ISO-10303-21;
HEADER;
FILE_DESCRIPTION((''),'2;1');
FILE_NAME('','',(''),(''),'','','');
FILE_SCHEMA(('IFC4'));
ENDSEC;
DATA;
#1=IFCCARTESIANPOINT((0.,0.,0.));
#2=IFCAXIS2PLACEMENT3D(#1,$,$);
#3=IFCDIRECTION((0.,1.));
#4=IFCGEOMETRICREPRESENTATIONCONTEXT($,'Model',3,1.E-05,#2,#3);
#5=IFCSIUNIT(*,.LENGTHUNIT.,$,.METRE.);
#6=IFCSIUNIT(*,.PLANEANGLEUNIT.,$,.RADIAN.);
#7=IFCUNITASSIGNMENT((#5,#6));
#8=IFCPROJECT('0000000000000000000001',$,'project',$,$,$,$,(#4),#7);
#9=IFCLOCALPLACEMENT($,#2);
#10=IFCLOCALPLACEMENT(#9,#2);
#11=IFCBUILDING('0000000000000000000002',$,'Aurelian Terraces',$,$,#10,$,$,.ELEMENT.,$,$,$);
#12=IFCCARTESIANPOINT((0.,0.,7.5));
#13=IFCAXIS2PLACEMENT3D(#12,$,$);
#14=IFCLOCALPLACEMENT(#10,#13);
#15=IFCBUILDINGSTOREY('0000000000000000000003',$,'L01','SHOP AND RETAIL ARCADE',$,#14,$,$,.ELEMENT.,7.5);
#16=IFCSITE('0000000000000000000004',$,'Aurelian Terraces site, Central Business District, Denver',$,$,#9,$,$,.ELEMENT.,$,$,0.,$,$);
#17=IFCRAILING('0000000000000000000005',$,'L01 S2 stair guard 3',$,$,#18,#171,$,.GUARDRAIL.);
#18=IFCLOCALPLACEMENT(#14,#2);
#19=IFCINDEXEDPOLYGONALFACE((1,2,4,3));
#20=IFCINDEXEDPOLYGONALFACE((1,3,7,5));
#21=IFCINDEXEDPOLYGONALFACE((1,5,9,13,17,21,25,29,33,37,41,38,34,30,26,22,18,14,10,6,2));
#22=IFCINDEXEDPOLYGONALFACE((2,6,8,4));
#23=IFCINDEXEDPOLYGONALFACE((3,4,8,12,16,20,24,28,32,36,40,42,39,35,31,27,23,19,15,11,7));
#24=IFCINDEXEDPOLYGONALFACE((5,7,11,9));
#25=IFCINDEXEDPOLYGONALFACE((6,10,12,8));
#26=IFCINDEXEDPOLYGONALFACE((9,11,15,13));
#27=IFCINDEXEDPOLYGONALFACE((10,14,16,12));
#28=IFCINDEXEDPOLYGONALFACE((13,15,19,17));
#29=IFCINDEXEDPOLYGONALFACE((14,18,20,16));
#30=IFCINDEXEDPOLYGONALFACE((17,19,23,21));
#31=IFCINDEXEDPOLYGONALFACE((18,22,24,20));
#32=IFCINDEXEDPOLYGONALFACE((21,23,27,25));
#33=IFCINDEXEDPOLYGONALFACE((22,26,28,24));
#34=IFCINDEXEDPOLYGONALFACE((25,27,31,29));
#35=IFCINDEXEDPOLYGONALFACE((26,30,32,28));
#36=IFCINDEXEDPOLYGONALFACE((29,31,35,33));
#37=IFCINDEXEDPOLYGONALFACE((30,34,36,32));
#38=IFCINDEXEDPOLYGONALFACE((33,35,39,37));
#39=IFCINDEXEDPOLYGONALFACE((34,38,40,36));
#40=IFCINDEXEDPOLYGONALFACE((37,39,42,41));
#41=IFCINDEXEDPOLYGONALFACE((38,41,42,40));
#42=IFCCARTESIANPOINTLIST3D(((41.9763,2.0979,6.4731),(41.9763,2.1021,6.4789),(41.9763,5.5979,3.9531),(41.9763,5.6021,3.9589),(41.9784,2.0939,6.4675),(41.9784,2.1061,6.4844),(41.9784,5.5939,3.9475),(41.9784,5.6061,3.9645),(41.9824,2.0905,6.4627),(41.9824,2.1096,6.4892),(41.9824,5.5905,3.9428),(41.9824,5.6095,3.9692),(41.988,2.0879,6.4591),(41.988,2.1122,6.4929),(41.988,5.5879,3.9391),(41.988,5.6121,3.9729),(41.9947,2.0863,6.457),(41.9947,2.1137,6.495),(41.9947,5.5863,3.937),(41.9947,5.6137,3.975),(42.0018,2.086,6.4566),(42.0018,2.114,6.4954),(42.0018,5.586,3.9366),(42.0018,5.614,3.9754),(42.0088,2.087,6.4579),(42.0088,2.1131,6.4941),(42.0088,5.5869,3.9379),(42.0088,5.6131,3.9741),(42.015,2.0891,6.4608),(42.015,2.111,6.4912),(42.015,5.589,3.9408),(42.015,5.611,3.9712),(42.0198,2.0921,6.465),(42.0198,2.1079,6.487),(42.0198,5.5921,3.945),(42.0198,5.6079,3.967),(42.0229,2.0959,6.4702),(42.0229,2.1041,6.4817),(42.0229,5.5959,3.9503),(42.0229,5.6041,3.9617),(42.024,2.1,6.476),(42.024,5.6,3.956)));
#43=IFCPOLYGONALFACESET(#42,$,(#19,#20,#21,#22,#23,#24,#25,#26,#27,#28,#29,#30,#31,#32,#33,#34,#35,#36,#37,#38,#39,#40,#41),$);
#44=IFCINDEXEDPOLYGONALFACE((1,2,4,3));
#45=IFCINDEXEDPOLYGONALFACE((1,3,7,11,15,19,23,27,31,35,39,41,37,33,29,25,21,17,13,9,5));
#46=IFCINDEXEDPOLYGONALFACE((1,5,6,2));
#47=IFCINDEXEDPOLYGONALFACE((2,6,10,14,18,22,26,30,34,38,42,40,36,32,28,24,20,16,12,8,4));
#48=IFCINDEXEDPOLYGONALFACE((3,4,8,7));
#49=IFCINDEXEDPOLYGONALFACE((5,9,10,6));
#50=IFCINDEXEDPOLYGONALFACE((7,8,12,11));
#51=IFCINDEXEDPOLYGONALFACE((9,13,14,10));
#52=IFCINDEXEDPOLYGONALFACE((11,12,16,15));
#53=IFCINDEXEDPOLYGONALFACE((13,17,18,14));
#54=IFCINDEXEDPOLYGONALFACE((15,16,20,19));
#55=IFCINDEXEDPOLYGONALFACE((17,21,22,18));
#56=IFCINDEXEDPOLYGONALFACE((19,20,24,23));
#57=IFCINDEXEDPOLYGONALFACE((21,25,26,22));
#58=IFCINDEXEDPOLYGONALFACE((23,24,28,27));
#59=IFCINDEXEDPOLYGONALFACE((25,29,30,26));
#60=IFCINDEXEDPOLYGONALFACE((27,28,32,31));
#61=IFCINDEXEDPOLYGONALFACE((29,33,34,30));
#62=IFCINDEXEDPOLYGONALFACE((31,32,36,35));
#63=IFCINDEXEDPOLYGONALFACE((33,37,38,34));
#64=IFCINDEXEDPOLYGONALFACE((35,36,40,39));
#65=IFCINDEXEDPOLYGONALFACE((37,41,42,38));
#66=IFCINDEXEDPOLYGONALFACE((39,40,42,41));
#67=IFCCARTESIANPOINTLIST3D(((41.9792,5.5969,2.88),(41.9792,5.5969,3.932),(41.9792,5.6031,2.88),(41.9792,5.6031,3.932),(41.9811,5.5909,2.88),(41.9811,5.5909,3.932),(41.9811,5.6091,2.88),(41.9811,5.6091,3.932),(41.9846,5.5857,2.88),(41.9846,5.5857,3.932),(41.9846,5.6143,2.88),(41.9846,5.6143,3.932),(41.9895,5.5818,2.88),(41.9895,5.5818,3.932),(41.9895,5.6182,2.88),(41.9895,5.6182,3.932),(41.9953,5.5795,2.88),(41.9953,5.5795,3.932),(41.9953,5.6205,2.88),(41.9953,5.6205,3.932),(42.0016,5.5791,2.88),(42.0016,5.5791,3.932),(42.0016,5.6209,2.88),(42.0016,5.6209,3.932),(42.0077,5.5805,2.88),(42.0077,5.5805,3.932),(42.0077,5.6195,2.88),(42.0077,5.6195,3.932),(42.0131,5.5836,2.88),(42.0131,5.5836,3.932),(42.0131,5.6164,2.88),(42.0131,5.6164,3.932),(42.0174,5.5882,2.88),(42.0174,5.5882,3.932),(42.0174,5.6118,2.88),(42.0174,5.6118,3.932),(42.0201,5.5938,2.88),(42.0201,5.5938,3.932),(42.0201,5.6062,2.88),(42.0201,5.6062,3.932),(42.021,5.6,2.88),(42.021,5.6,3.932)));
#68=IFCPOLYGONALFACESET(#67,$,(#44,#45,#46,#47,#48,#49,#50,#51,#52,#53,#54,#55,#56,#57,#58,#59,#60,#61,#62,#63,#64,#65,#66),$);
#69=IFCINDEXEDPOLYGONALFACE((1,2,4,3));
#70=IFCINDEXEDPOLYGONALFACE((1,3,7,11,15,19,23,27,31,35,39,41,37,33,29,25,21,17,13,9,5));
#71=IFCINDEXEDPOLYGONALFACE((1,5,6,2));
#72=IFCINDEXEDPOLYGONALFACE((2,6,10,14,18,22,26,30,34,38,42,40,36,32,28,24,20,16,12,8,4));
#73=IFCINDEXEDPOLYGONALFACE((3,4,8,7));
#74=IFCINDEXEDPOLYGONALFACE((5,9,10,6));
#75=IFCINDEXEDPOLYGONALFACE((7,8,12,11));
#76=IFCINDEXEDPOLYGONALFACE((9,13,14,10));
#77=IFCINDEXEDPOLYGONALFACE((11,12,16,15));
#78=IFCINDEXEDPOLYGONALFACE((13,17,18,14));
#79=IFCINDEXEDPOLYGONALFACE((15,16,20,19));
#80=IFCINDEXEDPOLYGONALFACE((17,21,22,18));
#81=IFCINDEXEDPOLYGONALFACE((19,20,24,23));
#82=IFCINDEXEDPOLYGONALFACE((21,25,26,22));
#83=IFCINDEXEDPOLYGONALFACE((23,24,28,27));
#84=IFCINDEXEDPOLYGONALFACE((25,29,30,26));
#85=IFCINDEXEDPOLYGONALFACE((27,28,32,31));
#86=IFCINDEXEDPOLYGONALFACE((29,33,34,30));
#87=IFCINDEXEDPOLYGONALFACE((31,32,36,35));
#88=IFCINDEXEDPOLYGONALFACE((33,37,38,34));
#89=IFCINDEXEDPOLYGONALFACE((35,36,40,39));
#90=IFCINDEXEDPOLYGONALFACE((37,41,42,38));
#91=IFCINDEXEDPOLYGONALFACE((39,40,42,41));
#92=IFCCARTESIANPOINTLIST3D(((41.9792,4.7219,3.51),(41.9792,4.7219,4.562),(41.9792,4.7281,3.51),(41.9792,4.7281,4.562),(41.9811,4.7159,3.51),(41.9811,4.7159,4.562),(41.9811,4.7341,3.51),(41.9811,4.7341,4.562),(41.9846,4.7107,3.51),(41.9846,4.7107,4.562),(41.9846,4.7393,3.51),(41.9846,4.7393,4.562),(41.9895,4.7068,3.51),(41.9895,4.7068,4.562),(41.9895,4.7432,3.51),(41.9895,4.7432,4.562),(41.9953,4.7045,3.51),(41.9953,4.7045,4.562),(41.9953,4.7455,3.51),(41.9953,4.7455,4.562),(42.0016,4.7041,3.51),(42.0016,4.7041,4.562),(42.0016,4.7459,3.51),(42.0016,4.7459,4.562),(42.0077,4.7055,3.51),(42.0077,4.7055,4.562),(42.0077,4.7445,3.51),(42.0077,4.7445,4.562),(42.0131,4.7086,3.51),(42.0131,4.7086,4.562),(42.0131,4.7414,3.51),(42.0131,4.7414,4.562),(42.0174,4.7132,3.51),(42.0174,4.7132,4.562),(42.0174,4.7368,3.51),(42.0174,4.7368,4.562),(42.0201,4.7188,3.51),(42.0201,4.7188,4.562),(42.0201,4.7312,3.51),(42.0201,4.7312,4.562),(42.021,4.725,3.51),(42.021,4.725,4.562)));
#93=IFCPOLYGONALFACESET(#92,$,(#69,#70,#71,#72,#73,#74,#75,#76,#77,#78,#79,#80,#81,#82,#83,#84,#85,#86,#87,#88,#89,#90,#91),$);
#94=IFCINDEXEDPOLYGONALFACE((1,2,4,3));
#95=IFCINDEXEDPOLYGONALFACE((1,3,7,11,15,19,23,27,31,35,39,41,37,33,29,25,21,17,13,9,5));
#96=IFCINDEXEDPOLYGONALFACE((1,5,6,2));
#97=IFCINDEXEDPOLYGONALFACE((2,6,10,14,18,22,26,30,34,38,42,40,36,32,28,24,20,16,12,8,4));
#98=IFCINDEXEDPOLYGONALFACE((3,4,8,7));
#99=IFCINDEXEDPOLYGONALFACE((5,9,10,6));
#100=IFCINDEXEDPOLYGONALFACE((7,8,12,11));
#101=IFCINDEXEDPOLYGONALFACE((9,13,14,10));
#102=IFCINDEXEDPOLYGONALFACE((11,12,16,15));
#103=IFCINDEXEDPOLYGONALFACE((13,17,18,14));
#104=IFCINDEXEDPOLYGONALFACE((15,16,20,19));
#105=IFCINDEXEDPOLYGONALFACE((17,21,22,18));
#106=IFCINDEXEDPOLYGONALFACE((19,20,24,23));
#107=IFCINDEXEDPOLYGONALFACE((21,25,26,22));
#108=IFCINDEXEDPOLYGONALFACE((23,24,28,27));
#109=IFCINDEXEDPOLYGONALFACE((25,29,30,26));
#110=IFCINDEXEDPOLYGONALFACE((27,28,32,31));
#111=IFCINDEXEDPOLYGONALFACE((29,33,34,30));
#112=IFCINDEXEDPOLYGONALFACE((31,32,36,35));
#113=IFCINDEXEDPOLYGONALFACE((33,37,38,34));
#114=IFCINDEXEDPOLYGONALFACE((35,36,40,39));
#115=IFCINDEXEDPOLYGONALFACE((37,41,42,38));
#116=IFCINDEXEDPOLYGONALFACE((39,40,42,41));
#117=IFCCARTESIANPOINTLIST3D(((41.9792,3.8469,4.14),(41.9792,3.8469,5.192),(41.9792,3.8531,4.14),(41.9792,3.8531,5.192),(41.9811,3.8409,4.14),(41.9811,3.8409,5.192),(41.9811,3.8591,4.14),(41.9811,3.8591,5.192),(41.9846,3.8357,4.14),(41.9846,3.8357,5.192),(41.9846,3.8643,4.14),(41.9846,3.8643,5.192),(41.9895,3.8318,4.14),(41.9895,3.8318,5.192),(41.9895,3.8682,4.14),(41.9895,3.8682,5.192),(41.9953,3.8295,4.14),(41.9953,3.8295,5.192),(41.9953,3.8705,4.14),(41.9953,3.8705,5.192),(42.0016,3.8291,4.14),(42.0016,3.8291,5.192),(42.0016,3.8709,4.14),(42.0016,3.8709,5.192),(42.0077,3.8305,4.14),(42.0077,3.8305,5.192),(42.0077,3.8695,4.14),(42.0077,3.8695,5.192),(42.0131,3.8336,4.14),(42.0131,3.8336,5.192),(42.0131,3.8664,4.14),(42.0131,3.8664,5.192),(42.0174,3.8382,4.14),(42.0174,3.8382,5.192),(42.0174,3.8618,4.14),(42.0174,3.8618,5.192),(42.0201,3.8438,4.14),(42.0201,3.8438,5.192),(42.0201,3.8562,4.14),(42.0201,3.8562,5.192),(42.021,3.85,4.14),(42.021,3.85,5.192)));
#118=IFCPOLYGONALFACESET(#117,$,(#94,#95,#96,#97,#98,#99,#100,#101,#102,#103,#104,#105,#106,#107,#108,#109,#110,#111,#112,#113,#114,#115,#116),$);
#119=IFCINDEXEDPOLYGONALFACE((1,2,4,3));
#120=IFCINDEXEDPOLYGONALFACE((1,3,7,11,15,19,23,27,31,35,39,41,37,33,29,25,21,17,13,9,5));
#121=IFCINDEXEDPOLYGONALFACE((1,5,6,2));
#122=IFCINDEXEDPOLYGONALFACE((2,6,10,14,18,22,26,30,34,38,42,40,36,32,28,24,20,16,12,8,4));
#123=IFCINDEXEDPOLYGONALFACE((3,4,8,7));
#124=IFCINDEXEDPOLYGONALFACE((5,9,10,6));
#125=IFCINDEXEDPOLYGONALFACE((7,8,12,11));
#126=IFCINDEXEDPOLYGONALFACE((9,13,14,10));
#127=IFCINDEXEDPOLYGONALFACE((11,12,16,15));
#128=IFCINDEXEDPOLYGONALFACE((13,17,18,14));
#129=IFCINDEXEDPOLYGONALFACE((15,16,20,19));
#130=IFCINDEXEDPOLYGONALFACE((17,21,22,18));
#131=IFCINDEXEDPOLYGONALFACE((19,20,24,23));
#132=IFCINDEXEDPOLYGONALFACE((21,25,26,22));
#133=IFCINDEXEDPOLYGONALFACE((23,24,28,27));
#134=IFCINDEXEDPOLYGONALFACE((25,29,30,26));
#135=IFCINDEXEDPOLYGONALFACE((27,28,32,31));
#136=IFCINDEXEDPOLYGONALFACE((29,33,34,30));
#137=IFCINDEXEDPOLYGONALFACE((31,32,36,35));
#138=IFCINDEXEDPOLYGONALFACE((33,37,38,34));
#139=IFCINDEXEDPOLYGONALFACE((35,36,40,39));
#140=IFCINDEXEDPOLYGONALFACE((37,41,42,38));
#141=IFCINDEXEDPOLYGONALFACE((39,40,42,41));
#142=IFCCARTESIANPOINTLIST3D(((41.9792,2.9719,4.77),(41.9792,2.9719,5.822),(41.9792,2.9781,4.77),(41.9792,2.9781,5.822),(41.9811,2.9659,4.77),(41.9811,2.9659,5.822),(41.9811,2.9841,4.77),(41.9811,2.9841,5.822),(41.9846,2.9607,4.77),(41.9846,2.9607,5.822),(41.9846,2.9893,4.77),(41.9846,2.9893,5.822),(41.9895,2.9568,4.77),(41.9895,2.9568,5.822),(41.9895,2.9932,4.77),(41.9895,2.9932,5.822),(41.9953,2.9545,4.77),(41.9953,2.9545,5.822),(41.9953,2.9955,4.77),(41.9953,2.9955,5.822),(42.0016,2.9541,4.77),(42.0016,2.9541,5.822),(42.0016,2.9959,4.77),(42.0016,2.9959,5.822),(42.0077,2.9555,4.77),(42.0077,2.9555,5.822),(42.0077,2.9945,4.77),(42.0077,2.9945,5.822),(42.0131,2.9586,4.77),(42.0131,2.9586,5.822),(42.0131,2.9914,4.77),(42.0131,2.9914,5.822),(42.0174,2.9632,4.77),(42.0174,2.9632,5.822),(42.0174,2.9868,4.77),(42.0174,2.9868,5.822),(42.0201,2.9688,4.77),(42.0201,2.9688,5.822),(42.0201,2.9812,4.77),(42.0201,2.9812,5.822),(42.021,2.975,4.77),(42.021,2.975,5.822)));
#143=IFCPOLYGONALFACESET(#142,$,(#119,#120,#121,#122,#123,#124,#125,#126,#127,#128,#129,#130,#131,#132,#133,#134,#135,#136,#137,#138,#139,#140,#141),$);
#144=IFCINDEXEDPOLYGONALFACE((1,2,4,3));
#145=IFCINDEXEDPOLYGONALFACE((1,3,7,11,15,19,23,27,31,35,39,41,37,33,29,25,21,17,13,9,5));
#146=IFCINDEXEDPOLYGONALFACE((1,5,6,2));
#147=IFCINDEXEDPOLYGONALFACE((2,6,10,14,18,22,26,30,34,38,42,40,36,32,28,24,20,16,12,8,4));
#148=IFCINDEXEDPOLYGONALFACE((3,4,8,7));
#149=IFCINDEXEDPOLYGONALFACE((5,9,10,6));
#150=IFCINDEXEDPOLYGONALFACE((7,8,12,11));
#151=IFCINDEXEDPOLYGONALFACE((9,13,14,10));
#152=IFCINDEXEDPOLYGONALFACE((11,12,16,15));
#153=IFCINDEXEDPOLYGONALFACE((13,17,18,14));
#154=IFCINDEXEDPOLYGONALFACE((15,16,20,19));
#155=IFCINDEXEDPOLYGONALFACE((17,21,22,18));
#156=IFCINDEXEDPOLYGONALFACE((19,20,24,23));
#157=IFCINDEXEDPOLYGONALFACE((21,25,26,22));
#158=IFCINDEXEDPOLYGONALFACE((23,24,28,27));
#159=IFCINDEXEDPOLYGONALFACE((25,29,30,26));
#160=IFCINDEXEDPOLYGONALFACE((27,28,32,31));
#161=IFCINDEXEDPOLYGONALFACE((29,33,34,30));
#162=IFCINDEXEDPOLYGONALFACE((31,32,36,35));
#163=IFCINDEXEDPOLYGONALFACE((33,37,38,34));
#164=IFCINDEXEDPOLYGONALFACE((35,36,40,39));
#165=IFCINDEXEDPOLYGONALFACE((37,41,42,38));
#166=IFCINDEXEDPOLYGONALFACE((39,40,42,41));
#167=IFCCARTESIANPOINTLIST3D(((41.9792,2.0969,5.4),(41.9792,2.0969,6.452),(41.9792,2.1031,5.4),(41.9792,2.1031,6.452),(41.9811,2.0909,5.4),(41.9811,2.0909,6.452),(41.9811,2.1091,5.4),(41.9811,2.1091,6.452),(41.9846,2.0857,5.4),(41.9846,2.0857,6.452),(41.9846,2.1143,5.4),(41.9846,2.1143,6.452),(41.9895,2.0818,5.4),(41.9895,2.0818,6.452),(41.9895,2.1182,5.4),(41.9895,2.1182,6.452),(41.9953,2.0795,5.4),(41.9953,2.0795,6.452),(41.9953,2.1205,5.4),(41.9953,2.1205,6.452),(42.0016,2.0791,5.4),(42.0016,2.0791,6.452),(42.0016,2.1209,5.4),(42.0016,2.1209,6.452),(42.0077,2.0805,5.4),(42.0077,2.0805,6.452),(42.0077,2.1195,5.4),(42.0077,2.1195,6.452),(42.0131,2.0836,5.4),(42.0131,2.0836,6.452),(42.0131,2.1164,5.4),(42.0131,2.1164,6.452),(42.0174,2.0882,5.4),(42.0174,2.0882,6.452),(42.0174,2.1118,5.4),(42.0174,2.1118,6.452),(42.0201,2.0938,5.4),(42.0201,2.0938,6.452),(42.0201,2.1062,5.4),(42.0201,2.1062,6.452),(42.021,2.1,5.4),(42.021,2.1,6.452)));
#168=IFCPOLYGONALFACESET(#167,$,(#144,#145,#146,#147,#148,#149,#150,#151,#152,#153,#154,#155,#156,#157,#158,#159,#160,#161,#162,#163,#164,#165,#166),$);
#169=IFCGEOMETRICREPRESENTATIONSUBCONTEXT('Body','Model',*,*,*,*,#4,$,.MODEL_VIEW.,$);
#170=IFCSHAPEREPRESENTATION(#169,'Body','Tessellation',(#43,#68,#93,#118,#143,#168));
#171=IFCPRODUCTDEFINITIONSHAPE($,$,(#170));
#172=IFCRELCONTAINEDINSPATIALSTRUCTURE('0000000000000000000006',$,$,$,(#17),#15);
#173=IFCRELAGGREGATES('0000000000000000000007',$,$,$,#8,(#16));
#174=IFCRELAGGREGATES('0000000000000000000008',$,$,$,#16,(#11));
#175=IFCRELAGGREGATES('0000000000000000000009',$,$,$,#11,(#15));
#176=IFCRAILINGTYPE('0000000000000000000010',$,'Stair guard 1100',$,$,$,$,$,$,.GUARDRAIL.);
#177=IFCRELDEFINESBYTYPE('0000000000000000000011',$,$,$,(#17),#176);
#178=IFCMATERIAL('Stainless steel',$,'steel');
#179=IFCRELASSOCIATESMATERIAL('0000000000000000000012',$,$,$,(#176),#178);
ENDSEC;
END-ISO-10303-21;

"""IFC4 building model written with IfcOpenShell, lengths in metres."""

from ifc_helpers import new_model, si_unit, direction, frame, origin, origin_2d, place, context, subcontext, project, spatial, circle, extrude, source, transform, mapped, material, type_object, element, save


model = new_model("IFC4")

# Units and contexts
model_context = context("Model", 3, precision=1e-05, world=origin(), true_north=direction((0.0, 1.0)))
body_context = subcontext(model_context, "Body", "Model", "MODEL_VIEW")
ifc_project = project(units=[si_unit("LENGTHUNIT", "METRE"), si_unit("PLANEANGLEUNIT", "RADIAN")], contexts=[model_context])

# Site, building, storey
site_placement = place(None, origin())
site = spatial("IfcSite", under=ifc_project, at=site_placement, Name="Aurelian Terraces site, Central Business District, Denver", CompositionType="ELEMENT", RefElevation=0.0)
building_placement = place(site_placement, origin())
building = spatial("IfcBuilding", under=site, at=building_placement, Name="Aurelian Terraces", CompositionType="ELEMENT")
storey_placement = place(building_placement, frame((0.0, 0.0, 7.5)))
storey = spatial("IfcBuildingStorey", under=building, at=storey_placement, Name="L01", Description="SHOP AND RETAIL ARCADE", CompositionType="ELEMENT", Elevation=7.5)

# Railing
ifc_material_1 = material(Name="Stainless steel", Category="steel")
railing_type_1 = type_object("IfcRailingType", Name="Stair guard 1100", PredefinedType="GUARDRAIL", material=ifc_material_1)
shared_shape_1 = source(origin(), body_context, "Body", "SweptSolid", [
    extrude(circle(Radius=0.024, at=origin_2d()), frame((0.0, 0.0, 1.076), z_axis=(0.0, -0.811534, 0.584305), x_axis=(1.0, 0.0, 0.0)), (0.0, 0.0, 1.0), 4.3128),
    extrude(circle(Radius=0.021, at=origin_2d()), origin(), (0.0, 0.0, 1.0), 1.052),
    extrude(circle(Radius=0.021, at=origin_2d()), frame((0.0, -0.875, 0.63)), (0.0, 0.0, 1.0), 1.052),
    extrude(circle(Radius=0.021, at=origin_2d()), frame((0.0, -1.75, 1.26)), (0.0, 0.0, 1.0), 1.052),
    extrude(circle(Radius=0.021, at=origin_2d()), frame((0.0, -2.625, 1.89)), (0.0, 0.0, 1.0), 1.052),
    extrude(circle(Radius=0.021, at=origin_2d()), frame((0.0, -3.5, 2.52)), (0.0, 0.0, 1.0), 1.052),
])
for number, where, name in (
    (1, (42.0, 5.6, 2.88), "L01 S2 stair guard 3"),
):
    element("IfcRailing", number, at=place(storey_placement, frame(where)), inside=storey, type_object=railing_type_1, Name=name, PredefinedType="GUARDRAIL", context=body_context, shape_type="MappedRepresentation", body=[
        mapped(shared_shape_1, transform((0.0, 0.0, 0.0), scale=1.0)),
    ])

save(model, "model.ifc")
